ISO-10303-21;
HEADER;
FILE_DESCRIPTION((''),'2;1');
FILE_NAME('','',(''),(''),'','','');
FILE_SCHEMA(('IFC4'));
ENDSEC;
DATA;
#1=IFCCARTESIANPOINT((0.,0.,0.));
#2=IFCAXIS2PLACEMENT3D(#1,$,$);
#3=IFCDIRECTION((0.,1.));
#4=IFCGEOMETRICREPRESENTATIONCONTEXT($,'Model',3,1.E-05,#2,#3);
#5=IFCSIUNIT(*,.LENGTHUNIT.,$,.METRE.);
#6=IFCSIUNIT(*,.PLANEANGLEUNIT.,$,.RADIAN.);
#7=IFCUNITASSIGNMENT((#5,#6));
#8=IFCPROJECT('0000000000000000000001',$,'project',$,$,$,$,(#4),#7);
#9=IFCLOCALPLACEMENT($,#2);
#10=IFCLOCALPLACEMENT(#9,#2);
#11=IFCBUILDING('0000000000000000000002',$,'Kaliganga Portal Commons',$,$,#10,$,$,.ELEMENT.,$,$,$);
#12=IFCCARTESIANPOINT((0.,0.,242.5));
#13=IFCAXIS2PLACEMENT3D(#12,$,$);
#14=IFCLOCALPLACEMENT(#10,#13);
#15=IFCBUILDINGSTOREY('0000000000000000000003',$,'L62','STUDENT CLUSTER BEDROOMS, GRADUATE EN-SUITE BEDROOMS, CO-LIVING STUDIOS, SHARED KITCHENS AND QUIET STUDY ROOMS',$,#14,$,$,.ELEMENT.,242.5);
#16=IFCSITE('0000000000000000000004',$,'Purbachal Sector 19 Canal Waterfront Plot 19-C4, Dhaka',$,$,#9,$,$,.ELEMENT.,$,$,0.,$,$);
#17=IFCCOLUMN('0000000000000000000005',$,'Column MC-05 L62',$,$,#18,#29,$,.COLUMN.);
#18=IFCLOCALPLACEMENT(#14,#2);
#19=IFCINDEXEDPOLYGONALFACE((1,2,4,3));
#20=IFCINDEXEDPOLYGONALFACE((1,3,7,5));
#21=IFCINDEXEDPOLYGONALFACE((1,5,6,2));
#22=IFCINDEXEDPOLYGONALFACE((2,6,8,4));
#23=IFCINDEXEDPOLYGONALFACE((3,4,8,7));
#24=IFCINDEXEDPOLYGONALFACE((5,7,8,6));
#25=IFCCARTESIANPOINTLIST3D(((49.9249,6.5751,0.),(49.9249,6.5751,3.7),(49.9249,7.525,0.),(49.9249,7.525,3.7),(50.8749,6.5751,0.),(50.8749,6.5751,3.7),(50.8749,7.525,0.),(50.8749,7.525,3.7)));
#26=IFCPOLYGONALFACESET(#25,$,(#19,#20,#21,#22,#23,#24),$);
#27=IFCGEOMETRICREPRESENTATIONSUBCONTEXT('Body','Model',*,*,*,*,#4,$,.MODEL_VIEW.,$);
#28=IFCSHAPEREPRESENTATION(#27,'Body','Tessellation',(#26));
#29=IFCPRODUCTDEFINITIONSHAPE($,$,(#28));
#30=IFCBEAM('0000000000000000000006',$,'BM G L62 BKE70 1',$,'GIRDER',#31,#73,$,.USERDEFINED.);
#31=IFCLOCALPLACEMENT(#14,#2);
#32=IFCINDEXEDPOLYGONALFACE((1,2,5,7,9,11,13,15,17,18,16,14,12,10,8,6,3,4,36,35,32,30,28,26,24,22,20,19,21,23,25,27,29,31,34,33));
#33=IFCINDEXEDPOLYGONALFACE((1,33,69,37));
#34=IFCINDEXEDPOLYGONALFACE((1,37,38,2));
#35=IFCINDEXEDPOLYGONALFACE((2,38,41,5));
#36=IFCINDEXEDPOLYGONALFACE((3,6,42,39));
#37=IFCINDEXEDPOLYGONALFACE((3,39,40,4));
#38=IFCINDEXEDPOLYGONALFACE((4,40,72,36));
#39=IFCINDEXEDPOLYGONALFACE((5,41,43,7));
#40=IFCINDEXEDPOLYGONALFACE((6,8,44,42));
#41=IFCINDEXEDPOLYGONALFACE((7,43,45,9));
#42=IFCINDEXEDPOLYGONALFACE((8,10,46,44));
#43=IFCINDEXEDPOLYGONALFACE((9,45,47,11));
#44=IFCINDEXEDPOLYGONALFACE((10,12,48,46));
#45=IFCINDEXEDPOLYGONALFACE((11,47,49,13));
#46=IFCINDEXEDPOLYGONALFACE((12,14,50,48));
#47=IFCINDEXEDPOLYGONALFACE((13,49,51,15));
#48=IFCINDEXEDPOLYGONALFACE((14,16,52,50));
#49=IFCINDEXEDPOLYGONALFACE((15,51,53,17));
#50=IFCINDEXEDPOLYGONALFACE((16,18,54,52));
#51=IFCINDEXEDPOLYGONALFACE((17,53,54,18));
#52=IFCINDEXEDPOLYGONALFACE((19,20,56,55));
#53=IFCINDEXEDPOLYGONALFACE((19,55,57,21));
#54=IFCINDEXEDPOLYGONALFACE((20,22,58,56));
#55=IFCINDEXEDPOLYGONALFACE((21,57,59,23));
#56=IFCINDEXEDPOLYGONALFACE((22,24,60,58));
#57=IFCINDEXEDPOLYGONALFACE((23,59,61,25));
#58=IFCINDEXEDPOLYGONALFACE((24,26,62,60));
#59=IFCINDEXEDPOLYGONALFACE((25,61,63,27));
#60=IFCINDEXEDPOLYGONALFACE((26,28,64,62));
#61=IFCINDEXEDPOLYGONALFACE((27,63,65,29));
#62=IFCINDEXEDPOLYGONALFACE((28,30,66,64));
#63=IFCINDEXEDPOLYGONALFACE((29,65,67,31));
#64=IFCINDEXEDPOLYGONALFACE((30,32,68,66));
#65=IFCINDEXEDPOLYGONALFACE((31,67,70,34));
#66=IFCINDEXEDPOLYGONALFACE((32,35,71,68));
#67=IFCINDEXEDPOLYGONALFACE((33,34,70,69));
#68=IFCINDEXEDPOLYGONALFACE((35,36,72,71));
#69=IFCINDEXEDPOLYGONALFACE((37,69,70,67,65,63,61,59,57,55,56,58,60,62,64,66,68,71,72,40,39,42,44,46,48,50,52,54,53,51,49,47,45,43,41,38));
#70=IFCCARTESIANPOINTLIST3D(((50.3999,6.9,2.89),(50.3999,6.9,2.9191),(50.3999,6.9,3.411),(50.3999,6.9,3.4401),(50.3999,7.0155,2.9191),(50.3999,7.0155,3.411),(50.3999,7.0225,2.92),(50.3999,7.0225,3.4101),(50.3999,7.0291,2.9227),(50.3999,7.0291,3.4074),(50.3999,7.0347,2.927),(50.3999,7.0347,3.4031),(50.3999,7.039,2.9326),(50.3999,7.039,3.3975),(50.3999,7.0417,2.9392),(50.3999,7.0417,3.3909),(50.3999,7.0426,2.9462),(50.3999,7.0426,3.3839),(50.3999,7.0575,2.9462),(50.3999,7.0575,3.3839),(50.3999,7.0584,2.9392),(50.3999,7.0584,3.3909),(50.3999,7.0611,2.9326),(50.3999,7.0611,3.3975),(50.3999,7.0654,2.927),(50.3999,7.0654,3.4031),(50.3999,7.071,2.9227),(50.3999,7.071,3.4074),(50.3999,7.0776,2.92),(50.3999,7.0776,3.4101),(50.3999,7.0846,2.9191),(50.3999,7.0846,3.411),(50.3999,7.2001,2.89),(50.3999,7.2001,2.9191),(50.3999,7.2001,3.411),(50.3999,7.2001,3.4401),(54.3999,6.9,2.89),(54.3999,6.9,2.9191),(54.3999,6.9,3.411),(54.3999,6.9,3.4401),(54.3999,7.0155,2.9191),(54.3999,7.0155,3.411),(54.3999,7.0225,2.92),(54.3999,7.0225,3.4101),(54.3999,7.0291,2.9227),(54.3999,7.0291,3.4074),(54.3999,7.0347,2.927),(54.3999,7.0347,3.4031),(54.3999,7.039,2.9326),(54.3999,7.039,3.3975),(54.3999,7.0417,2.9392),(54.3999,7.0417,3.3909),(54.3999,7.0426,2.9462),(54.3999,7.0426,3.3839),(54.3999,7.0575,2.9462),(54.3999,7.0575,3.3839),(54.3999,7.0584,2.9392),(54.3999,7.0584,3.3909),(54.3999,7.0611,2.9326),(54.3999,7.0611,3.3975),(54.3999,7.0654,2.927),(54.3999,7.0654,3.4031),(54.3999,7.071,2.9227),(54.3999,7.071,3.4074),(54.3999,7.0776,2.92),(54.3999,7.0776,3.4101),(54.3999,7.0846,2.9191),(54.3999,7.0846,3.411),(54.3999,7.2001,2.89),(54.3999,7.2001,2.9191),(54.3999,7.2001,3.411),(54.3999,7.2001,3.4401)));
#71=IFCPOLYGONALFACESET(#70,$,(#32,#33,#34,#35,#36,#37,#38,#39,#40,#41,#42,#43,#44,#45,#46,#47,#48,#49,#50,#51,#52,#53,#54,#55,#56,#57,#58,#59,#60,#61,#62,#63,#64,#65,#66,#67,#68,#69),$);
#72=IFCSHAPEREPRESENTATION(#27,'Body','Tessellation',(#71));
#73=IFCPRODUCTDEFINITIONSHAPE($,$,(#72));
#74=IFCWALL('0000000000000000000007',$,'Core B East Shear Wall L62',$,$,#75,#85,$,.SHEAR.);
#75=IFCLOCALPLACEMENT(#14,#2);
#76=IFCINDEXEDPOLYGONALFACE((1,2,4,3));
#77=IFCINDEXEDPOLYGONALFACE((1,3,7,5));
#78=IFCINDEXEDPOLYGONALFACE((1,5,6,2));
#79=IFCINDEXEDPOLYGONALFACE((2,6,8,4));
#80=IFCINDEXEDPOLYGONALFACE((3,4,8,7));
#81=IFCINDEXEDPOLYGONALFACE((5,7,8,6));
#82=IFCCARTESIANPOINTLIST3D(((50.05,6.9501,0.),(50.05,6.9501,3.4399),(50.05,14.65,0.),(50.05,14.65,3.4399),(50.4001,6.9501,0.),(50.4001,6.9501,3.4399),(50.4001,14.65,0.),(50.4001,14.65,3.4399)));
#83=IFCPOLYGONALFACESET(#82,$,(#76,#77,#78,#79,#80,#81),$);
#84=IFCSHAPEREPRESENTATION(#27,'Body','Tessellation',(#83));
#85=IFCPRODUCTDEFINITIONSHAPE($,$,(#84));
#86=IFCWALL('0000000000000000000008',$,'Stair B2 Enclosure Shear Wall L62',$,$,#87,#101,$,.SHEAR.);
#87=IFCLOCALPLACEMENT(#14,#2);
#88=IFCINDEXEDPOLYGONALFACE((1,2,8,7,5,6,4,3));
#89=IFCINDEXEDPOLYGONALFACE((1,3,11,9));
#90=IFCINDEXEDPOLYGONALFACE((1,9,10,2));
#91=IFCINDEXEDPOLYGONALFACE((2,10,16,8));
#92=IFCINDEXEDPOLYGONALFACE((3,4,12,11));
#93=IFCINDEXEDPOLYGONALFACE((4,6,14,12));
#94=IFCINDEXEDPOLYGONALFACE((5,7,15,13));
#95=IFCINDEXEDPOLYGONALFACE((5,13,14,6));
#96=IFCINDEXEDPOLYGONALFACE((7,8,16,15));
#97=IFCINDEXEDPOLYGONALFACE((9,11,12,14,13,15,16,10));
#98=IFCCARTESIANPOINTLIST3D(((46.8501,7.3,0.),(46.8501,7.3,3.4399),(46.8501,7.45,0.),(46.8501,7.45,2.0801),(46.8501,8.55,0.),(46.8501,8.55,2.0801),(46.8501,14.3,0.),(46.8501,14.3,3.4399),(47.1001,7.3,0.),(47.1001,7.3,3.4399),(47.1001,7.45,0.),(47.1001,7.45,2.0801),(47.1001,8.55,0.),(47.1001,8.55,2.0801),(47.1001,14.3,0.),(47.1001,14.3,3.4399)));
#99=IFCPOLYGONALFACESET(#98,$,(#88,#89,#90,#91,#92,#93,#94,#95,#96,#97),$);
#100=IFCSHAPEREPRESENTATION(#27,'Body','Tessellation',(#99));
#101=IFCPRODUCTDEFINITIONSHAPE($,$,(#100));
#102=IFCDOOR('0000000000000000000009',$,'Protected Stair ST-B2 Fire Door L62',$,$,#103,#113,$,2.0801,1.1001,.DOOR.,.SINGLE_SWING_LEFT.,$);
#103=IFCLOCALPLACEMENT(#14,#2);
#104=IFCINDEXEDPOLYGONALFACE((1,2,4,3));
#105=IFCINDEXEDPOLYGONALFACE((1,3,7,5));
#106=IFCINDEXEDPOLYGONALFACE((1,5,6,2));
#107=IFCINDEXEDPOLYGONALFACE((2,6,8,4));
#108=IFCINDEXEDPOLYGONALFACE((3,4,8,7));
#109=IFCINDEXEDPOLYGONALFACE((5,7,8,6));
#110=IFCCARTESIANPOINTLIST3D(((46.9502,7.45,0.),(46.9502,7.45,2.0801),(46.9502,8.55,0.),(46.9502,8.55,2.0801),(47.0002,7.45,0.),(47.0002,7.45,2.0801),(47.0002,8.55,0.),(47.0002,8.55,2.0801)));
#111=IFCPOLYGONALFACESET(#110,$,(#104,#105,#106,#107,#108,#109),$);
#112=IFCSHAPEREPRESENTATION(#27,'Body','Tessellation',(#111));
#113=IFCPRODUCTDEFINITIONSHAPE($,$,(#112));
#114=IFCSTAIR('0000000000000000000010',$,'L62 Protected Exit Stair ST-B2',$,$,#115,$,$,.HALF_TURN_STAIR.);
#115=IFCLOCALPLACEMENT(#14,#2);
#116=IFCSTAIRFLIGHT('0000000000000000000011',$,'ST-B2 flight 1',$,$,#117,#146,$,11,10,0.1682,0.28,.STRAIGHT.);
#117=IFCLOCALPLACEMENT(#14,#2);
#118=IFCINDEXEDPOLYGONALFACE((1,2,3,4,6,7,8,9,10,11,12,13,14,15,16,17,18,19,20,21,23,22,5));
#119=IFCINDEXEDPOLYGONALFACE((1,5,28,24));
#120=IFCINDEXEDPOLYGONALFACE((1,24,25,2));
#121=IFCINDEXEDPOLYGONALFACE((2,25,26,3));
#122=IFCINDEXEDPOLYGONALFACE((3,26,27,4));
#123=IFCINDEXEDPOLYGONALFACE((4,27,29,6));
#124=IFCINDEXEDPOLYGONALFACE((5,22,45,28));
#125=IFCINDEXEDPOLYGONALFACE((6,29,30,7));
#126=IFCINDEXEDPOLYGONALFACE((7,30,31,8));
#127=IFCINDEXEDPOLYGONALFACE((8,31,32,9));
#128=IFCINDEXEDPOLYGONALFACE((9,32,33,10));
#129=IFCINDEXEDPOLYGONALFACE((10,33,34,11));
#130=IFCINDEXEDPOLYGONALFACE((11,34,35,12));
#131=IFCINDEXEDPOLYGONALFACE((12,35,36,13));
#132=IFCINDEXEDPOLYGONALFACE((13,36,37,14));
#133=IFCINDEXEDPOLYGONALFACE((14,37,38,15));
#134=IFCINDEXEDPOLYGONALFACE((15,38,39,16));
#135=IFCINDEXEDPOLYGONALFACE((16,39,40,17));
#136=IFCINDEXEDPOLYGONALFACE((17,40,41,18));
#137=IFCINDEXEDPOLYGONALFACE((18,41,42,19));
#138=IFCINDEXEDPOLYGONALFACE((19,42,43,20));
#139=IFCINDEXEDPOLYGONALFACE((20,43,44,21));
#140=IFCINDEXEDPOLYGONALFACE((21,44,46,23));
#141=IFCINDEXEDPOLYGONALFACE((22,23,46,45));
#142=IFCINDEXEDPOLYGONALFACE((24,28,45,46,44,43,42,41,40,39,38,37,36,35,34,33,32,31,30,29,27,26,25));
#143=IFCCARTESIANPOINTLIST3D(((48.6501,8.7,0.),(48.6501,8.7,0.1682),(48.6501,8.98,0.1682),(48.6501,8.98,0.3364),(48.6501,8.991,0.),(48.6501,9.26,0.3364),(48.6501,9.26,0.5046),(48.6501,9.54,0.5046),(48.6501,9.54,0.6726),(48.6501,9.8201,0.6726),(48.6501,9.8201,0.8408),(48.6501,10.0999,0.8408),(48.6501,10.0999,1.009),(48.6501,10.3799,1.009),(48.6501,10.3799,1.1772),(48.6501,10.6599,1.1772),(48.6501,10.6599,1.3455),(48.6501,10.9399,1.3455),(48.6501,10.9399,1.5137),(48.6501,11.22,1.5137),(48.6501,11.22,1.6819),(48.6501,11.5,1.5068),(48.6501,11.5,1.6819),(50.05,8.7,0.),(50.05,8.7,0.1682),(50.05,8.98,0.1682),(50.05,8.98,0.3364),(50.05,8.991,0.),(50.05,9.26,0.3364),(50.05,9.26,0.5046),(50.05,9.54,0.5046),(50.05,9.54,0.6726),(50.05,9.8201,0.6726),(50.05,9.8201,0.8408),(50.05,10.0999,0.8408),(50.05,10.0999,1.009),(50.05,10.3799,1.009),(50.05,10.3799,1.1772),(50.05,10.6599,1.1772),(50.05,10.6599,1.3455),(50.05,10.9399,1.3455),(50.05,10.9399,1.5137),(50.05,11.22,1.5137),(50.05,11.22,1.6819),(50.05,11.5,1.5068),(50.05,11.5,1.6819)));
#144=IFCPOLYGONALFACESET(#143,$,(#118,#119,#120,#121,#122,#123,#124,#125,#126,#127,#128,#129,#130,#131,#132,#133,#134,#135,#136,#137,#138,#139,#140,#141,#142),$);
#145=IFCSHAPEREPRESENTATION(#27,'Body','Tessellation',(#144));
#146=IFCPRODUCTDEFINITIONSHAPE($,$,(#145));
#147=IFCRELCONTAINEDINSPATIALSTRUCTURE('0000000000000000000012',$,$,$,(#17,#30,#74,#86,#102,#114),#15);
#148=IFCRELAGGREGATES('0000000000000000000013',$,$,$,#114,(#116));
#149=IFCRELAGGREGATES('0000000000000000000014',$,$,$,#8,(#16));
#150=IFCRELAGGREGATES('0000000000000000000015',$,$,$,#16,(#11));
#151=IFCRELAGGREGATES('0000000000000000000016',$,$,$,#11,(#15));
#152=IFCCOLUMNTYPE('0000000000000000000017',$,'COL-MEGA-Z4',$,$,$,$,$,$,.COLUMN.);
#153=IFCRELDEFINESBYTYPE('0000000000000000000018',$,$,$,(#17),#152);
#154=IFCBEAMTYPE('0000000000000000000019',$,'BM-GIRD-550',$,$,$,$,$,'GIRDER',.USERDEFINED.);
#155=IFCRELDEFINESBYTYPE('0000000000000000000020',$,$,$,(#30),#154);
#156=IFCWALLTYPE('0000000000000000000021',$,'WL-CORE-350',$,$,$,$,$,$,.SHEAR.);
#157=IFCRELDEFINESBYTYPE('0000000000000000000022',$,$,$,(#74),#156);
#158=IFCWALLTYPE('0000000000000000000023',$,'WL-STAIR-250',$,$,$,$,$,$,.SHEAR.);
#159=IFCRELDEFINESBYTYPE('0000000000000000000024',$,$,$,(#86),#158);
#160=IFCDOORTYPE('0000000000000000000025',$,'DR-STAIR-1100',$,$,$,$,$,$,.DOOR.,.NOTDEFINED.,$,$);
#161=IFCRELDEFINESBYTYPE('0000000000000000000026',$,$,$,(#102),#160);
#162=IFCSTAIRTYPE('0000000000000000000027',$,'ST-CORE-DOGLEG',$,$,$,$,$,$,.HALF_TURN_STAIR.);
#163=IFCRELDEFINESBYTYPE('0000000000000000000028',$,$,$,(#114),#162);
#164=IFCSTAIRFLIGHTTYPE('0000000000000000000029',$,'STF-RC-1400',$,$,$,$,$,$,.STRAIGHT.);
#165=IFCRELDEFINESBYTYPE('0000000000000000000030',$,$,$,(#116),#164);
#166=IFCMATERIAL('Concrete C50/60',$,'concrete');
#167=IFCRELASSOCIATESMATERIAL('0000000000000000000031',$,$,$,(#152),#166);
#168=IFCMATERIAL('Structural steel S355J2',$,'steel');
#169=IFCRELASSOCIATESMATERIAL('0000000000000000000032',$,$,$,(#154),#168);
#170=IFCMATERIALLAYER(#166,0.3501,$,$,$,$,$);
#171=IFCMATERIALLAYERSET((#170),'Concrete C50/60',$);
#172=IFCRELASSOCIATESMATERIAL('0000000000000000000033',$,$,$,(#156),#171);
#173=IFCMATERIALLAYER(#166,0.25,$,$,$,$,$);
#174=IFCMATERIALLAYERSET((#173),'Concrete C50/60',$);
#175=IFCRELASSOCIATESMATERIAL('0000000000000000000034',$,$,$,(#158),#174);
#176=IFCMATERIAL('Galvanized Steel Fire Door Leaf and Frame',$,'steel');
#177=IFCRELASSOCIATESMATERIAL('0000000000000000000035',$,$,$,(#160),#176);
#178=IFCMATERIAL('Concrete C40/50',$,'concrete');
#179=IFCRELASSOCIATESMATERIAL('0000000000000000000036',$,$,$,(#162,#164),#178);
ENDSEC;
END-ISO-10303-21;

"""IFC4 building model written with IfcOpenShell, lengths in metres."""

from ifc_helpers import new_model, si_unit, direction, frame, frame_2d, origin, origin_2d, place, context, subcontext, project, spatial, polyline, rectangle, i_section, outline, extrude, source, transform, mapped, material, layer, layer_set, material_profile, profile_set, type_object, element, fill, aggregate, save


model = new_model("IFC4")

# Units and contexts
model_context = context("Model", 3, precision=1e-05, world=origin(), true_north=direction((0.0, 1.0)))
body_context = subcontext(model_context, "Body", "Model", "MODEL_VIEW")
ifc_project = project(units=[si_unit("LENGTHUNIT", "METRE"), si_unit("PLANEANGLEUNIT", "RADIAN")], contexts=[model_context])

# Site, building, storey
site_placement = place(None, origin())
site = spatial("IfcSite", under=ifc_project, at=site_placement, Name="Purbachal Sector 19 Canal Waterfront Plot 19-C4, Dhaka", CompositionType="ELEMENT", RefElevation=0.0)
building_placement = place(site_placement, origin())
building = spatial("IfcBuilding", under=site, at=building_placement, Name="Kaliganga Portal Commons", CompositionType="ELEMENT")
storey_placement = place(building_placement, frame((0.0, 0.0, 242.5)))
storey = spatial("IfcBuildingStorey", under=building, at=storey_placement, Name="L62", Description="STUDENT CLUSTER BEDROOMS, GRADUATE EN-SUITE BEDROOMS, CO-LIVING STUDIOS, SHARED KITCHENS AND QUIET STUDY ROOMS", CompositionType="ELEMENT", Elevation=242.5)

# Column
ifc_material_1 = material(Name="Concrete C50/60", Category="concrete")
ifc_material_profile_1 = material_profile(ifc_material_1, rectangle(XDim=0.95, YDim=0.95, at=origin_2d()), Name="RC 950x950")
ifc_profile_set_1 = profile_set([ifc_material_profile_1], Name="Concrete C50/60")
column_type = type_object("IfcColumnType", Name="COL-MEGA-Z4", PredefinedType="COLUMN", material=ifc_profile_set_1)
shared_shape_1 = source(origin(), body_context, "Body", "SweptSolid", [
    extrude(rectangle(XDim=0.95, YDim=0.95, at=origin_2d()), origin(), (0.0, 0.0, 1.0), 3.7),
])
column_placement = place(storey_placement, frame((50.3999, 7.05, 0.0), z_axis=(0.0, 0.0, 1.0), x_axis=(1.0, 0.0, 0.0)))
element("IfcColumn", 1, at=column_placement, inside=storey, type_object=column_type, Name="Column MC-05 L62", PredefinedType="COLUMN", context=body_context, shape_type="MappedRepresentation", body=[
    mapped(shared_shape_1, transform((0.0, 0.0, 0.0), x_axis=(1.0, 0.0, 0.0), y_axis=(0.0, 1.0, 0.0), z_axis=(0.0, 0.0, 1.0), scale=1.0)),
])

# Beam
ifc_material_2 = material(Name="Structural steel S355J2", Category="steel")
ifc_material_profile_2 = material_profile(ifc_material_2, i_section(OverallWidth=0.3, OverallDepth=0.55, WebThickness=0.0149, FlangeThickness=0.0291, FilletRadius=0.0271, at=origin_2d()), Name="HE 550 B")
ifc_profile_set_2 = profile_set([ifc_material_profile_2], Name="Structural steel S355J2 wide-flange")
beam_type = type_object("IfcBeamType", Name="BM-GIRD-550", ElementType="GIRDER", PredefinedType="USERDEFINED", material=ifc_profile_set_2)
shared_shape_2 = source(origin(), body_context, "Body", "SweptSolid", [
    extrude(i_section(OverallWidth=0.3, OverallDepth=0.55, WebThickness=0.0149, FlangeThickness=0.0291, FilletRadius=0.0271, at=origin_2d()), origin(), (0.0, 0.0, 1.0), 4.0),
])
beam_placement = place(storey_placement, frame((50.3999, 7.05, 3.165), z_axis=(1.0, 0.0, 0.0), x_axis=(0.0, 1.0, 0.0)))
element("IfcBeam", 2, at=beam_placement, inside=storey, type_object=beam_type, Name="BM G L62 BKE70 1", ObjectType="GIRDER", PredefinedType="USERDEFINED", context=body_context, shape_type="MappedRepresentation", body=[
    mapped(shared_shape_2, transform((0.0, 0.0, 0.0), x_axis=(1.0, 0.0, 0.0), y_axis=(0.0, 1.0, 0.0), z_axis=(0.0, 0.0, 1.0), scale=1.0)),
])

# Wall
ifc_layer_1 = layer(ifc_material_1, 0.3501)
ifc_layer_set_1 = layer_set([ifc_layer_1], Name="Concrete C50/60")
wall_type_1 = type_object("IfcWallType", Name="WL-CORE-350", PredefinedType="SHEAR", material=ifc_layer_set_1)
wall_1_placement = place(storey_placement, frame((50.2251, 6.95, 0.0), z_axis=(0.0, 0.0, 1.0), x_axis=(0.0, 1.0, 0.0)))
element("IfcWall", 3, at=wall_1_placement, inside=storey, type_object=wall_type_1, Name="Core B East Shear Wall L62", PredefinedType="SHEAR", context=body_context, shape_type="SweptSolid", body=[
    extrude(rectangle(XDim=7.7, YDim=0.3501, at=frame_2d((3.8501, 0.0))), origin(), (0.0, 0.0, 1.0), 3.4399),
])

# Wall, opening, door
ifc_layer_2 = layer(ifc_material_1, 0.25)
ifc_layer_set_2 = layer_set([ifc_layer_2], Name="Concrete C50/60")
wall_type_2 = type_object("IfcWallType", Name="WL-STAIR-250", PredefinedType="SHEAR", material=ifc_layer_set_2)
wall_2_placement = place(storey_placement, frame((46.9751, 7.3, 0.0), z_axis=(0.0, 0.0, 1.0), x_axis=(0.0, 1.0, 0.0)))
wall_2 = element("IfcWall", 4, at=wall_2_placement, inside=storey, type_object=wall_type_2, Name="Stair B2 Enclosure Shear Wall L62", PredefinedType="SHEAR", context=body_context, shape_type="SweptSolid", body=[
    extrude(rectangle(XDim=7.0, YDim=0.25, at=frame_2d((3.5, 0.0))), origin(), (0.0, 0.0, 1.0), 3.4399),
])
opening_placement = place(wall_2_placement, frame((0.1499, 0.0, 0.0)))
opening = element("IfcOpeningElement", 5, at=opening_placement, cuts=wall_2, PredefinedType="OPENING", context=body_context, shape_type="SweptSolid", body=[
    extrude(rectangle(XDim=1.1001, YDim=2.0801, at=frame_2d((0.55, 1.04))), frame((0.0, 0.135, 0.0), z_axis=(0.0, -1.0, 0.0), x_axis=(1.0, 0.0, 0.0)), (0.0, 0.0, 1.0), 0.27),
])
ifc_material_3 = material(Name="Galvanized Steel Fire Door Leaf and Frame", Category="steel")
door_type = type_object("IfcDoorType", Name="DR-STAIR-1100", OperationType="NOTDEFINED", PredefinedType="DOOR", material=ifc_material_3)
door_placement = place(opening_placement, origin())
door = element("IfcDoor", 6, at=door_placement, inside=storey, type_object=door_type, Name="Protected Stair ST-B2 Fire Door L62", OperationType="SINGLE_SWING_LEFT", OverallHeight=2.0801, OverallWidth=1.1001, PredefinedType="DOOR", context=body_context, shape_type="SweptSolid", body=[
    extrude(rectangle(XDim=1.1001, YDim=2.0801, at=frame_2d((0.55, 1.04))), frame((0.0, 0.0249, 0.0), z_axis=(0.0, -1.0, 0.0), x_axis=(1.0, 0.0, 0.0)), (0.0, 0.0, 1.0), 0.05),
])
fill(opening, door)

# Stair, stair flight
ifc_material_4 = material(Name="Concrete C40/50", Category="concrete")
stair_type = type_object("IfcStairType", Name="ST-CORE-DOGLEG", PredefinedType="HALF_TURN_STAIR", material=ifc_material_4)
stair_placement = place(storey_placement, origin())
stair = element("IfcStair", 7, at=stair_placement, inside=storey, type_object=stair_type, Name="L62 Protected Exit Stair ST-B2", PredefinedType="HALF_TURN_STAIR")
stair_flight_type = type_object("IfcStairFlightType", Name="STF-RC-1400", PredefinedType="STRAIGHT", material=ifc_material_4)
stair_flight_1_placement = place(storey_placement, frame((49.3501, 8.7, 0.0), z_axis=(0.0, 0.0, 1.0), x_axis=(0.0, 1.0, 0.0)))
stair_flight_1 = element("IfcStairFlight", 8, at=stair_flight_1_placement, type_object=stair_flight_type, Name="ST-B2 flight 1", NumberOfRisers=11, NumberOfTreads=10, PredefinedType="STRAIGHT", RiserHeight=0.1682, TreadLength=0.28, context=body_context, shape_type="SweptSolid", body=[
    extrude(outline(polyline([(0.0, 0.0), (0.0, 0.1682), (0.28, 0.1682), (0.28, 0.3364), (0.5601, 0.3364), (0.5601, 0.5046), (0.8401, 0.5046), (0.8401, 0.6726), (1.1201, 0.6726), (1.1201, 0.8408), (1.3999, 0.8408), (1.3999, 1.009), (1.6799, 1.009), (1.6799, 1.1772), (1.96, 1.1772), (1.96, 1.3455), (2.24, 1.3455), (2.24, 1.5137), (2.52, 1.5137), (2.52, 1.6819), (2.8, 1.6819), (2.8, 1.8501), (2.8, 1.5068), (0.291, 0.0), (0.0, 0.0)])), frame((0.0, 0.7, 0.0), z_axis=(0.0, -1.0, 0.0), x_axis=(1.0, 0.0, 0.0)), (0.0, 0.0, 1.0), 1.3999),
])
aggregate(stair, [stair_flight_1])

save(model, "model.ifc")
